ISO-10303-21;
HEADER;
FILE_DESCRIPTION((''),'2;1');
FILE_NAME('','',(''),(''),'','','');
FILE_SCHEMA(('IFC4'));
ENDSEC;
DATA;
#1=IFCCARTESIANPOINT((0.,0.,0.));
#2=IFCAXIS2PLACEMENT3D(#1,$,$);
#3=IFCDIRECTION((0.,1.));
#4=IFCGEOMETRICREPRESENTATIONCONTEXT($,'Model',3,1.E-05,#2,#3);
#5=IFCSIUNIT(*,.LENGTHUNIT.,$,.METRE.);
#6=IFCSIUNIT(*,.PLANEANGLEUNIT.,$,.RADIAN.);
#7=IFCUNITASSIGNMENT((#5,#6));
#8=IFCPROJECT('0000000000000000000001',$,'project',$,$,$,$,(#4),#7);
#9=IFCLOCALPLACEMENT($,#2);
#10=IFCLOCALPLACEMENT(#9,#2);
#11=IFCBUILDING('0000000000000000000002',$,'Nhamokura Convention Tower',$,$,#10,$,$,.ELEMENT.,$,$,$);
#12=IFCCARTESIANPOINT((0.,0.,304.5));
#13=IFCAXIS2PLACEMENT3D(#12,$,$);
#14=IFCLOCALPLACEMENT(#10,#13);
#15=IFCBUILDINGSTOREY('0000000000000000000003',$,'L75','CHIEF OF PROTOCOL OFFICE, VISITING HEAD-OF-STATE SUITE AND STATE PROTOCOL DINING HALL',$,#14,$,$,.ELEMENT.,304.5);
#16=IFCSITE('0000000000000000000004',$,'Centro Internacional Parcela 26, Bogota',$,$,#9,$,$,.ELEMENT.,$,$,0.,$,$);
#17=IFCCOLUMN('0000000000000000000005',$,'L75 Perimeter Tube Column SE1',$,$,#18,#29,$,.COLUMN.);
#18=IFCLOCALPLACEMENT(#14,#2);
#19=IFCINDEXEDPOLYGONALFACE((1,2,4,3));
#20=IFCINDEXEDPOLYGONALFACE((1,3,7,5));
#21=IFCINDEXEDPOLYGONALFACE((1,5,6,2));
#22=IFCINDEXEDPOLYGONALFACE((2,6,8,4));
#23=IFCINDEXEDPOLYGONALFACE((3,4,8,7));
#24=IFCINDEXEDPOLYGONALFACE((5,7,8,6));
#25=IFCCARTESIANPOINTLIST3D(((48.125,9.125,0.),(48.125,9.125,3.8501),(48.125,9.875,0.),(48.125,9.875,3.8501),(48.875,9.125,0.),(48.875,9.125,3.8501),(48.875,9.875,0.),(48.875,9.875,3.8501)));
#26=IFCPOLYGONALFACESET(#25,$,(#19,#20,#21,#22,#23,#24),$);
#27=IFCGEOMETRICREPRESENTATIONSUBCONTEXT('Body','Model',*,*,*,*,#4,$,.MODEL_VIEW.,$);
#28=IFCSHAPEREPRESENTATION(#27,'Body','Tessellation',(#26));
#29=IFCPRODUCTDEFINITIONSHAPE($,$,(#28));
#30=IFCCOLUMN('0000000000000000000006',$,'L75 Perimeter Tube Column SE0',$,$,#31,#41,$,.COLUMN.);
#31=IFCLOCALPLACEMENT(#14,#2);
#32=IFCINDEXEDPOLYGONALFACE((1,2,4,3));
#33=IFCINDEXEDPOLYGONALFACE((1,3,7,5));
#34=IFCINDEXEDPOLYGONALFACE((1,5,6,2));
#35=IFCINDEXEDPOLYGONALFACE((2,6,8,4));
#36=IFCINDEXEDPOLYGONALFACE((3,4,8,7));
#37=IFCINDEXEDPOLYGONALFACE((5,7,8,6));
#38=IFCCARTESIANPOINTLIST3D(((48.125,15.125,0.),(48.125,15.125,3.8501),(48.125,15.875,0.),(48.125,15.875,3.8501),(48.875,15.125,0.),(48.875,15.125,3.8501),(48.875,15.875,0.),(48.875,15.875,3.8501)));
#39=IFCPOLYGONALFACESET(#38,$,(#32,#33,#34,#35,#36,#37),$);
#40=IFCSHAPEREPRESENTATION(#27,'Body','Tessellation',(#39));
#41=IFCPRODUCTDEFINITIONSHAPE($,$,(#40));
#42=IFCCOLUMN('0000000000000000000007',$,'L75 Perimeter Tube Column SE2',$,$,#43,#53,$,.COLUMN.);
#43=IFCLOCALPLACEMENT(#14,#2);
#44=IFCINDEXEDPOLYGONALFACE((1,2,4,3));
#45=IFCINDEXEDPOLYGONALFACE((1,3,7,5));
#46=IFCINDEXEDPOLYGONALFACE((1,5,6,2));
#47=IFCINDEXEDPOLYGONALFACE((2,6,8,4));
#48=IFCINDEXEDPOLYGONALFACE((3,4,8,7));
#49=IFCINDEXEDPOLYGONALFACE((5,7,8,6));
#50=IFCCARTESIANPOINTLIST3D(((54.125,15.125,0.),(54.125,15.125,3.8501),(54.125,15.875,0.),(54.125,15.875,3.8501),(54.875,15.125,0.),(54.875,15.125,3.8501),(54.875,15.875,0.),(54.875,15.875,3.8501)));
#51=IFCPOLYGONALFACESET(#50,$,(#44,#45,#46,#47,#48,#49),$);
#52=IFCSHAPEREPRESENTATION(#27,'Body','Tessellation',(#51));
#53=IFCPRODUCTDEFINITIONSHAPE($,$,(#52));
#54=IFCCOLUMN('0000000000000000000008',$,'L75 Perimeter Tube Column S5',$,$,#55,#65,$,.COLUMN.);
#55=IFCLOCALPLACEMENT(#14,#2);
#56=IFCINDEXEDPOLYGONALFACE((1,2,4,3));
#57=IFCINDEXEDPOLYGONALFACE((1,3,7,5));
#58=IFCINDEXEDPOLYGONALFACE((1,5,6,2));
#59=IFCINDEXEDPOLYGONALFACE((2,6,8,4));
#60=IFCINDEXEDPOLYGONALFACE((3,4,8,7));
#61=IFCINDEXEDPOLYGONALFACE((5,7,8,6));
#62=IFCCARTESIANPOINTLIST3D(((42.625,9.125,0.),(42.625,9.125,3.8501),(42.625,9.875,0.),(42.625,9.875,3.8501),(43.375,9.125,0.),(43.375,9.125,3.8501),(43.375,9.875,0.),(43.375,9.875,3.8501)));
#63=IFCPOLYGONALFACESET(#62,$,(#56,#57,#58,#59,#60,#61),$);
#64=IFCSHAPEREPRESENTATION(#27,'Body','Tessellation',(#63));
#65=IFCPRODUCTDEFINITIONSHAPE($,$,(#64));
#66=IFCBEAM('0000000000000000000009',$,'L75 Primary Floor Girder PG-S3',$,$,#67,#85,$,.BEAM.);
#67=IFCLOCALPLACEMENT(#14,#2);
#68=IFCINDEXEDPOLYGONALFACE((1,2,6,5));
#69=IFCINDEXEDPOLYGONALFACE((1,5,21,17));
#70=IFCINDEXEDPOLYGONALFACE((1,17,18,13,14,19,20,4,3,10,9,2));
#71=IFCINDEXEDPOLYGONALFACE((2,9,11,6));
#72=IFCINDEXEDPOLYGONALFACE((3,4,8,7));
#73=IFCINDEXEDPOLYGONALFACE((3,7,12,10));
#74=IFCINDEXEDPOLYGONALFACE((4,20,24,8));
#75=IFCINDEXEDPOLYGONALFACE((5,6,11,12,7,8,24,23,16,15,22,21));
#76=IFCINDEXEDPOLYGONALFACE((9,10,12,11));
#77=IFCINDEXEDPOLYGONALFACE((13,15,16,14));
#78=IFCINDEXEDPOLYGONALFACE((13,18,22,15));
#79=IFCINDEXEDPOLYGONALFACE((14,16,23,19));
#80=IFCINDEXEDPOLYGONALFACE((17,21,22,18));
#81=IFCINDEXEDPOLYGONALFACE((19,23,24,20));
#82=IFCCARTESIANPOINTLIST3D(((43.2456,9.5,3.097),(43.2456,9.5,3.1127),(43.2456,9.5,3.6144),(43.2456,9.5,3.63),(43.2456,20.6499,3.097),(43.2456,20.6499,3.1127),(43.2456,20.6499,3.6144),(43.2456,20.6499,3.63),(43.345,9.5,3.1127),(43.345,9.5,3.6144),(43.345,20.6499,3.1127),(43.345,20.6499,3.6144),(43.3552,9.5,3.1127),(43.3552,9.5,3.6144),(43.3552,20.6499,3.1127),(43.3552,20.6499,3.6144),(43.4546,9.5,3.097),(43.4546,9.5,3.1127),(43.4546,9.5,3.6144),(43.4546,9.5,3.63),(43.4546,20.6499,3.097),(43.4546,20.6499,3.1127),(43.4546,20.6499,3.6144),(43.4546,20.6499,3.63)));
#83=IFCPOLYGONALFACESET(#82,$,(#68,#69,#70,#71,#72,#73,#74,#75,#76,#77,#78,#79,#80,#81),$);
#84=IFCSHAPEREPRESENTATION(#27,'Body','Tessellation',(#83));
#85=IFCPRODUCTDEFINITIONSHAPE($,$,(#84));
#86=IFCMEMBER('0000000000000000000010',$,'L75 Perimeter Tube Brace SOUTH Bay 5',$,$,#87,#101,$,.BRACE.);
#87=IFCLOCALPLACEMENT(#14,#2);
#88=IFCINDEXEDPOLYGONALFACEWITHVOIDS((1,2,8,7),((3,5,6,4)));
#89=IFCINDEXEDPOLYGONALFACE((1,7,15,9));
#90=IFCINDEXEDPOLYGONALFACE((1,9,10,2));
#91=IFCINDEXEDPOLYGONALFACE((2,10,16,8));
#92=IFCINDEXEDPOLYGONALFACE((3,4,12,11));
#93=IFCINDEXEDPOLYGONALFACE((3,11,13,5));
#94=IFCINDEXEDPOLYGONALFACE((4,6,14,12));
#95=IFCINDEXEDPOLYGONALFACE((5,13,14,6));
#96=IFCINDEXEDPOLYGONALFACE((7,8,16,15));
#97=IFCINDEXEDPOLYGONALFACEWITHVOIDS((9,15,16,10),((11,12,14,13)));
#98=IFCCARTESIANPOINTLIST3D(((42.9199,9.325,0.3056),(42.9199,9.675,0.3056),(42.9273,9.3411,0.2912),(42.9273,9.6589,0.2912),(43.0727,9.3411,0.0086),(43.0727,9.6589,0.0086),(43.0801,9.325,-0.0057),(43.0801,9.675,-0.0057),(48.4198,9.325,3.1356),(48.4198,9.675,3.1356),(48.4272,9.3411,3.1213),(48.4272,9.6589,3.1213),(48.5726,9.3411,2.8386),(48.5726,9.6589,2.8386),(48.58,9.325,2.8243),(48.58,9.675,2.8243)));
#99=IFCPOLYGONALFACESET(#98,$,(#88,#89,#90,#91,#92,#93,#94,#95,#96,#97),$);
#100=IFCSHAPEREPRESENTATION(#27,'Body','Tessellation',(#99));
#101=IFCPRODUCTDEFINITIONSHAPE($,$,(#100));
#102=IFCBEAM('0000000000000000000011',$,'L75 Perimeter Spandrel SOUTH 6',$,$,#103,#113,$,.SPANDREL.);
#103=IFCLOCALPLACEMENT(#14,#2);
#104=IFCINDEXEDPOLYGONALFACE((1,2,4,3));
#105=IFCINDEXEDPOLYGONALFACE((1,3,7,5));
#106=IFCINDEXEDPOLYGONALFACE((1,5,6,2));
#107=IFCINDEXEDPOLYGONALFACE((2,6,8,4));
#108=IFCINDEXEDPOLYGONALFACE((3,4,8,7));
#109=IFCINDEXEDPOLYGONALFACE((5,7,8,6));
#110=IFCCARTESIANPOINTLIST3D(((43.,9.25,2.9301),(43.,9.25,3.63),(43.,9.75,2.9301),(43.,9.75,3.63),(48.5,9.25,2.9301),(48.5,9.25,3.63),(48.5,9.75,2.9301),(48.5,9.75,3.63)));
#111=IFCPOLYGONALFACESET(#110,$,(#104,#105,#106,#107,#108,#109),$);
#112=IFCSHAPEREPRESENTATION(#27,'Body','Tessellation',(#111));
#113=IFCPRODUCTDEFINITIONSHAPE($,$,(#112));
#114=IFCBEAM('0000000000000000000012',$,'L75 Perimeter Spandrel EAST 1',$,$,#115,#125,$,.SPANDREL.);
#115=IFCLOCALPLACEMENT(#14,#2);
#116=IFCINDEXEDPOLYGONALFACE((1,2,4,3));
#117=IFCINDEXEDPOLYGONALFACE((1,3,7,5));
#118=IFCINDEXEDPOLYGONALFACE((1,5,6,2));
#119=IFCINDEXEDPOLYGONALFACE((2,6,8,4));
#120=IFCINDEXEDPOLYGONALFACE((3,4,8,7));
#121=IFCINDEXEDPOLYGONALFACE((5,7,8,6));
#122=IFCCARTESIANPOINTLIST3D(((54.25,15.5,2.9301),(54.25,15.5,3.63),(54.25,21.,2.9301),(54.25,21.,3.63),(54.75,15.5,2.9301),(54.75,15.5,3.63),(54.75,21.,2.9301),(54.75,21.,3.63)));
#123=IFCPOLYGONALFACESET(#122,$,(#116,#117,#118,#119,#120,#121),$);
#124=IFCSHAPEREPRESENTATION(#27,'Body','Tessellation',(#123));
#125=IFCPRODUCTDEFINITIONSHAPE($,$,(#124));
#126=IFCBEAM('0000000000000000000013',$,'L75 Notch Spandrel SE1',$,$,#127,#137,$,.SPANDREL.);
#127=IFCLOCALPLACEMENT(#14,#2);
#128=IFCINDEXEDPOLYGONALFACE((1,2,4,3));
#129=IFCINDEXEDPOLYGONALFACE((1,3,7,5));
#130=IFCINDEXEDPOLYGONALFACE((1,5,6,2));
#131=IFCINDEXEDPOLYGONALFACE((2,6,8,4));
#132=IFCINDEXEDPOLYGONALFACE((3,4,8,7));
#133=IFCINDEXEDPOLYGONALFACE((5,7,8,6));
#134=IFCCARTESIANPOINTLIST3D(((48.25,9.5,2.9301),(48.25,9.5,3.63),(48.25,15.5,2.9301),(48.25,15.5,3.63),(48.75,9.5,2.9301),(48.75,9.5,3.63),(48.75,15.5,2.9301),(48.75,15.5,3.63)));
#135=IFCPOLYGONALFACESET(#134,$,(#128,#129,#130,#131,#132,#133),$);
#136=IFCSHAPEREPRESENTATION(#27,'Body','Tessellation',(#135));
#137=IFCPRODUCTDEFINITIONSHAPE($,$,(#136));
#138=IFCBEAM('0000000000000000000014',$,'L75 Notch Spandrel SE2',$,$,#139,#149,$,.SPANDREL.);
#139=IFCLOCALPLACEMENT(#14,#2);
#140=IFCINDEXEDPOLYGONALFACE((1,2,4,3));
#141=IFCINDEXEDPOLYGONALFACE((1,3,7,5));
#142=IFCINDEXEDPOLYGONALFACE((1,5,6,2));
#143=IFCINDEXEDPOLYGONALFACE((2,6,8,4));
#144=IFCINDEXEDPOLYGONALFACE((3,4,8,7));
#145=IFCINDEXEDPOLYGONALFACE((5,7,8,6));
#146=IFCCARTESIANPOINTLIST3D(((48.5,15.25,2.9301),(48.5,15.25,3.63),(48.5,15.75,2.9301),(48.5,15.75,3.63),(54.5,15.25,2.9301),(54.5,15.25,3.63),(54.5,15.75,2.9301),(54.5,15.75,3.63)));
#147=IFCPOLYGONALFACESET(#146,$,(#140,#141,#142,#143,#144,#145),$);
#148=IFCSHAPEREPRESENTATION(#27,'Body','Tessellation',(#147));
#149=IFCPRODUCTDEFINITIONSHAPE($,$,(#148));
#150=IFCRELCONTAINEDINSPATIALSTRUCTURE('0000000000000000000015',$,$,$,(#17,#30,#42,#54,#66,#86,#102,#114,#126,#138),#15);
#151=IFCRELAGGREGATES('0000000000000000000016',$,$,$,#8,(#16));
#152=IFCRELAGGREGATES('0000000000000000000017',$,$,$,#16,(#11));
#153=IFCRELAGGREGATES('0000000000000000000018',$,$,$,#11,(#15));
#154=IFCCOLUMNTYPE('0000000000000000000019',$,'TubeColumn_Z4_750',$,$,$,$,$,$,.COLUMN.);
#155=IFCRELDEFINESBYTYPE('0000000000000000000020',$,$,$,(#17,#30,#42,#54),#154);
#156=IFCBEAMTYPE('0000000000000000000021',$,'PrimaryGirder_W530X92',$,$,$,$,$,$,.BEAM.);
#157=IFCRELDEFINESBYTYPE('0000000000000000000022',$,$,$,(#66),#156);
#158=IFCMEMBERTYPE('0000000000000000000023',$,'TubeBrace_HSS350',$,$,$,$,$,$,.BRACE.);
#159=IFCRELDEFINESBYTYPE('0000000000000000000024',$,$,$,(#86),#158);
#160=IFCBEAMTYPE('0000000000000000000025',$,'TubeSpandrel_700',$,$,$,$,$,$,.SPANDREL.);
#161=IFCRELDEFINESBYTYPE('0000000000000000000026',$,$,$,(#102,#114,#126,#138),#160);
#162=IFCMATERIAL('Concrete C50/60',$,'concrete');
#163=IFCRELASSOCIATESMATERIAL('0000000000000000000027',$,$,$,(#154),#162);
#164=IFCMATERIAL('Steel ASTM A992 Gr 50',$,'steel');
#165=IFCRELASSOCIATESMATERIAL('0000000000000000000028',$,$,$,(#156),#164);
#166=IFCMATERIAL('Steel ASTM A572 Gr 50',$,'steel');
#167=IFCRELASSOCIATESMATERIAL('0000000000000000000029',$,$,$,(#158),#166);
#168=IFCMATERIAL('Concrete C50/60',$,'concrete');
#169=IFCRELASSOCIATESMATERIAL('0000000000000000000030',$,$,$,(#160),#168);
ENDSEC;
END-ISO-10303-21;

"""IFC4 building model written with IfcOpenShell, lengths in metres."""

from ifc_helpers import new_model, si_unit, direction, frame, origin, origin_2d, place, context, subcontext, project, spatial, rectangle, hollow_rectangle, i_section, extrude, material, material_profile, profile_set, type_object, element, save


model = new_model("IFC4")

# Units and contexts
model_context = context("Model", 3, precision=1e-05, world=origin(), true_north=direction((0.0, 1.0)))
body_context = subcontext(model_context, "Body", "Model", "MODEL_VIEW")
ifc_project = project(units=[si_unit("LENGTHUNIT", "METRE"), si_unit("PLANEANGLEUNIT", "RADIAN")], contexts=[model_context])

# Site, building, storey
site_placement = place(None, origin())
site = spatial("IfcSite", under=ifc_project, at=site_placement, Name="Centro Internacional Parcela 26, Bogota", CompositionType="ELEMENT", RefElevation=0.0)
building_placement = place(site_placement, origin())
building = spatial("IfcBuilding", under=site, at=building_placement, Name="Nhamokura Convention Tower", CompositionType="ELEMENT")
storey_placement = place(building_placement, frame((0.0, 0.0, 304.5)))
storey = spatial("IfcBuildingStorey", under=building, at=storey_placement, Name="L75", Description="CHIEF OF PROTOCOL OFFICE, VISITING HEAD-OF-STATE SUITE AND STATE PROTOCOL DINING HALL", CompositionType="ELEMENT", Elevation=304.5)

# Columns
ifc_material_1 = material(Name="Concrete C50/60", Category="concrete")
ifc_material_profile_1 = material_profile(ifc_material_1, rectangle(XDim=0.75, YDim=0.75, at=origin_2d()))
ifc_profile_set_1 = profile_set([ifc_material_profile_1], Name="Concrete C50/60")
column_type = type_object("IfcColumnType", Name="TubeColumn_Z4_750", PredefinedType="COLUMN", material=ifc_profile_set_1)
for number, where, z_axis, x_axis, name in (
    (1, (48.5, 9.5, 0.0), (0.0, 0.0, 1.0), (1.0, 0.0, 0.0), "L75 Perimeter Tube Column SE1"),
    (2, (48.5, 15.5, 0.0), (0.0, 0.0, 1.0), (1.0, 0.0, 0.0), "L75 Perimeter Tube Column SE0"),
    (3, (54.5, 15.5, 0.0), (0.0, 0.0, 1.0), (1.0, 0.0, 0.0), "L75 Perimeter Tube Column SE2"),
    (4, (43.0, 9.5, 0.0), (0.0, 0.0, 1.0), (1.0, 0.0, 0.0), "L75 Perimeter Tube Column S5"),
):
    element("IfcColumn", number, at=place(storey_placement, frame(where, z_axis=z_axis, x_axis=x_axis)), inside=storey, type_object=column_type, Name=name, PredefinedType="COLUMN", context=body_context, shape_type="SweptSolid", body=[
        extrude(rectangle(XDim=0.75, YDim=0.75, at=origin_2d()), origin(), (0.0, 0.0, 1.0), 3.8501),
    ])

# Beam
ifc_material_2 = material(Name="Steel ASTM A992 Gr 50", Category="steel")
ifc_material_profile_2 = material_profile(ifc_material_2, i_section(OverallWidth=0.209, OverallDepth=0.533, WebThickness=0.0103, FlangeThickness=0.0156, at=origin_2d()))
ifc_profile_set_2 = profile_set([ifc_material_profile_2], Name="Steel ASTM A992 Gr 50")
beam_type_1 = type_object("IfcBeamType", Name="PrimaryGirder_W530X92", PredefinedType="BEAM", material=ifc_profile_set_2)
beam_placement = place(storey_placement, frame((43.3501, 9.5, 3.3635), z_axis=(0.0, 1.0, 0.0), x_axis=(-1.0, 0.0, 0.0)))
element("IfcBeam", 5, at=beam_placement, inside=storey, type_object=beam_type_1, Name="L75 Primary Floor Girder PG-S3", PredefinedType="BEAM", context=body_context, shape_type="SweptSolid", body=[
    extrude(i_section(OverallWidth=0.209, OverallDepth=0.533, WebThickness=0.0103, FlangeThickness=0.0156, at=origin_2d()), origin(), (0.0, 0.0, 1.0), 11.1499),
])

# Member
ifc_material_3 = material(Name="Steel ASTM A572 Gr 50", Category="steel")
ifc_material_profile_3 = material_profile(ifc_material_3, hollow_rectangle(XDim=0.3501, YDim=0.3501, WallThickness=0.0161, at=origin_2d()))
ifc_profile_set_3 = profile_set([ifc_material_profile_3], Name="Steel ASTM A572 Gr 50")
member_type = type_object("IfcMemberType", Name="TubeBrace_HSS350", PredefinedType="BRACE", material=ifc_profile_set_3)
member_placement = place(storey_placement, frame((43.0, 9.5, 0.1499), z_axis=(0.889189, 0.0, 0.457541), x_axis=(0.0, 1.0, 0.0)))
element("IfcMember", 6, at=member_placement, inside=storey, type_object=member_type, Name="L75 Perimeter Tube Brace SOUTH Bay 5", PredefinedType="BRACE", context=body_context, shape_type="SweptSolid", body=[
    extrude(hollow_rectangle(XDim=0.3501, YDim=0.3501, WallThickness=0.0161, at=origin_2d()), origin(), (0.0, 0.0, 1.0), 6.1853),
])

# Beams
ifc_material_4 = material(Name="Concrete C50/60", Category="concrete")
ifc_material_profile_4 = material_profile(ifc_material_4, rectangle(XDim=0.5, YDim=0.7, at=origin_2d()))
ifc_profile_set_4 = profile_set([ifc_material_profile_4], Name="Concrete C50/60")
beam_type_2 = type_object("IfcBeamType", Name="TubeSpandrel_700", PredefinedType="SPANDREL", material=ifc_profile_set_4)
for number, where, z_axis, x_axis, name in (
    (7, (43.0, 9.5, 3.28), (1.0, 0.0, 0.0), (0.0, 1.0, 0.0), "L75 Perimeter Spandrel SOUTH 6"),
    (8, (54.5, 15.5, 3.28), (0.0, 1.0, 0.0), (-1.0, 0.0, 0.0), "L75 Perimeter Spandrel EAST 1"),
):
    element("IfcBeam", number, at=place(storey_placement, frame(where, z_axis=z_axis, x_axis=x_axis)), inside=storey, type_object=beam_type_2, Name=name, PredefinedType="SPANDREL", context=body_context, shape_type="SweptSolid", body=[
        extrude(rectangle(XDim=0.5, YDim=0.7, at=origin_2d()), origin(), (0.0, 0.0, 1.0), 5.5),
    ])
for number, where, z_axis, x_axis, name in (
    (9, (48.5, 9.5, 3.28), (0.0, 1.0, 0.0), (-1.0, 0.0, 0.0), "L75 Notch Spandrel SE1"),
    (10, (48.5, 15.5, 3.28), (1.0, 0.0, 0.0), (0.0, 1.0, 0.0), "L75 Notch Spandrel SE2"),
):
    element("IfcBeam", number, at=place(storey_placement, frame(where, z_axis=z_axis, x_axis=x_axis)), inside=storey, type_object=beam_type_2, Name=name, PredefinedType="SPANDREL", context=body_context, shape_type="SweptSolid", body=[
        extrude(rectangle(XDim=0.5, YDim=0.7, at=origin_2d()), origin(), (0.0, 0.0, 1.0), 6.0),
    ])

save(model, "model.ifc")
